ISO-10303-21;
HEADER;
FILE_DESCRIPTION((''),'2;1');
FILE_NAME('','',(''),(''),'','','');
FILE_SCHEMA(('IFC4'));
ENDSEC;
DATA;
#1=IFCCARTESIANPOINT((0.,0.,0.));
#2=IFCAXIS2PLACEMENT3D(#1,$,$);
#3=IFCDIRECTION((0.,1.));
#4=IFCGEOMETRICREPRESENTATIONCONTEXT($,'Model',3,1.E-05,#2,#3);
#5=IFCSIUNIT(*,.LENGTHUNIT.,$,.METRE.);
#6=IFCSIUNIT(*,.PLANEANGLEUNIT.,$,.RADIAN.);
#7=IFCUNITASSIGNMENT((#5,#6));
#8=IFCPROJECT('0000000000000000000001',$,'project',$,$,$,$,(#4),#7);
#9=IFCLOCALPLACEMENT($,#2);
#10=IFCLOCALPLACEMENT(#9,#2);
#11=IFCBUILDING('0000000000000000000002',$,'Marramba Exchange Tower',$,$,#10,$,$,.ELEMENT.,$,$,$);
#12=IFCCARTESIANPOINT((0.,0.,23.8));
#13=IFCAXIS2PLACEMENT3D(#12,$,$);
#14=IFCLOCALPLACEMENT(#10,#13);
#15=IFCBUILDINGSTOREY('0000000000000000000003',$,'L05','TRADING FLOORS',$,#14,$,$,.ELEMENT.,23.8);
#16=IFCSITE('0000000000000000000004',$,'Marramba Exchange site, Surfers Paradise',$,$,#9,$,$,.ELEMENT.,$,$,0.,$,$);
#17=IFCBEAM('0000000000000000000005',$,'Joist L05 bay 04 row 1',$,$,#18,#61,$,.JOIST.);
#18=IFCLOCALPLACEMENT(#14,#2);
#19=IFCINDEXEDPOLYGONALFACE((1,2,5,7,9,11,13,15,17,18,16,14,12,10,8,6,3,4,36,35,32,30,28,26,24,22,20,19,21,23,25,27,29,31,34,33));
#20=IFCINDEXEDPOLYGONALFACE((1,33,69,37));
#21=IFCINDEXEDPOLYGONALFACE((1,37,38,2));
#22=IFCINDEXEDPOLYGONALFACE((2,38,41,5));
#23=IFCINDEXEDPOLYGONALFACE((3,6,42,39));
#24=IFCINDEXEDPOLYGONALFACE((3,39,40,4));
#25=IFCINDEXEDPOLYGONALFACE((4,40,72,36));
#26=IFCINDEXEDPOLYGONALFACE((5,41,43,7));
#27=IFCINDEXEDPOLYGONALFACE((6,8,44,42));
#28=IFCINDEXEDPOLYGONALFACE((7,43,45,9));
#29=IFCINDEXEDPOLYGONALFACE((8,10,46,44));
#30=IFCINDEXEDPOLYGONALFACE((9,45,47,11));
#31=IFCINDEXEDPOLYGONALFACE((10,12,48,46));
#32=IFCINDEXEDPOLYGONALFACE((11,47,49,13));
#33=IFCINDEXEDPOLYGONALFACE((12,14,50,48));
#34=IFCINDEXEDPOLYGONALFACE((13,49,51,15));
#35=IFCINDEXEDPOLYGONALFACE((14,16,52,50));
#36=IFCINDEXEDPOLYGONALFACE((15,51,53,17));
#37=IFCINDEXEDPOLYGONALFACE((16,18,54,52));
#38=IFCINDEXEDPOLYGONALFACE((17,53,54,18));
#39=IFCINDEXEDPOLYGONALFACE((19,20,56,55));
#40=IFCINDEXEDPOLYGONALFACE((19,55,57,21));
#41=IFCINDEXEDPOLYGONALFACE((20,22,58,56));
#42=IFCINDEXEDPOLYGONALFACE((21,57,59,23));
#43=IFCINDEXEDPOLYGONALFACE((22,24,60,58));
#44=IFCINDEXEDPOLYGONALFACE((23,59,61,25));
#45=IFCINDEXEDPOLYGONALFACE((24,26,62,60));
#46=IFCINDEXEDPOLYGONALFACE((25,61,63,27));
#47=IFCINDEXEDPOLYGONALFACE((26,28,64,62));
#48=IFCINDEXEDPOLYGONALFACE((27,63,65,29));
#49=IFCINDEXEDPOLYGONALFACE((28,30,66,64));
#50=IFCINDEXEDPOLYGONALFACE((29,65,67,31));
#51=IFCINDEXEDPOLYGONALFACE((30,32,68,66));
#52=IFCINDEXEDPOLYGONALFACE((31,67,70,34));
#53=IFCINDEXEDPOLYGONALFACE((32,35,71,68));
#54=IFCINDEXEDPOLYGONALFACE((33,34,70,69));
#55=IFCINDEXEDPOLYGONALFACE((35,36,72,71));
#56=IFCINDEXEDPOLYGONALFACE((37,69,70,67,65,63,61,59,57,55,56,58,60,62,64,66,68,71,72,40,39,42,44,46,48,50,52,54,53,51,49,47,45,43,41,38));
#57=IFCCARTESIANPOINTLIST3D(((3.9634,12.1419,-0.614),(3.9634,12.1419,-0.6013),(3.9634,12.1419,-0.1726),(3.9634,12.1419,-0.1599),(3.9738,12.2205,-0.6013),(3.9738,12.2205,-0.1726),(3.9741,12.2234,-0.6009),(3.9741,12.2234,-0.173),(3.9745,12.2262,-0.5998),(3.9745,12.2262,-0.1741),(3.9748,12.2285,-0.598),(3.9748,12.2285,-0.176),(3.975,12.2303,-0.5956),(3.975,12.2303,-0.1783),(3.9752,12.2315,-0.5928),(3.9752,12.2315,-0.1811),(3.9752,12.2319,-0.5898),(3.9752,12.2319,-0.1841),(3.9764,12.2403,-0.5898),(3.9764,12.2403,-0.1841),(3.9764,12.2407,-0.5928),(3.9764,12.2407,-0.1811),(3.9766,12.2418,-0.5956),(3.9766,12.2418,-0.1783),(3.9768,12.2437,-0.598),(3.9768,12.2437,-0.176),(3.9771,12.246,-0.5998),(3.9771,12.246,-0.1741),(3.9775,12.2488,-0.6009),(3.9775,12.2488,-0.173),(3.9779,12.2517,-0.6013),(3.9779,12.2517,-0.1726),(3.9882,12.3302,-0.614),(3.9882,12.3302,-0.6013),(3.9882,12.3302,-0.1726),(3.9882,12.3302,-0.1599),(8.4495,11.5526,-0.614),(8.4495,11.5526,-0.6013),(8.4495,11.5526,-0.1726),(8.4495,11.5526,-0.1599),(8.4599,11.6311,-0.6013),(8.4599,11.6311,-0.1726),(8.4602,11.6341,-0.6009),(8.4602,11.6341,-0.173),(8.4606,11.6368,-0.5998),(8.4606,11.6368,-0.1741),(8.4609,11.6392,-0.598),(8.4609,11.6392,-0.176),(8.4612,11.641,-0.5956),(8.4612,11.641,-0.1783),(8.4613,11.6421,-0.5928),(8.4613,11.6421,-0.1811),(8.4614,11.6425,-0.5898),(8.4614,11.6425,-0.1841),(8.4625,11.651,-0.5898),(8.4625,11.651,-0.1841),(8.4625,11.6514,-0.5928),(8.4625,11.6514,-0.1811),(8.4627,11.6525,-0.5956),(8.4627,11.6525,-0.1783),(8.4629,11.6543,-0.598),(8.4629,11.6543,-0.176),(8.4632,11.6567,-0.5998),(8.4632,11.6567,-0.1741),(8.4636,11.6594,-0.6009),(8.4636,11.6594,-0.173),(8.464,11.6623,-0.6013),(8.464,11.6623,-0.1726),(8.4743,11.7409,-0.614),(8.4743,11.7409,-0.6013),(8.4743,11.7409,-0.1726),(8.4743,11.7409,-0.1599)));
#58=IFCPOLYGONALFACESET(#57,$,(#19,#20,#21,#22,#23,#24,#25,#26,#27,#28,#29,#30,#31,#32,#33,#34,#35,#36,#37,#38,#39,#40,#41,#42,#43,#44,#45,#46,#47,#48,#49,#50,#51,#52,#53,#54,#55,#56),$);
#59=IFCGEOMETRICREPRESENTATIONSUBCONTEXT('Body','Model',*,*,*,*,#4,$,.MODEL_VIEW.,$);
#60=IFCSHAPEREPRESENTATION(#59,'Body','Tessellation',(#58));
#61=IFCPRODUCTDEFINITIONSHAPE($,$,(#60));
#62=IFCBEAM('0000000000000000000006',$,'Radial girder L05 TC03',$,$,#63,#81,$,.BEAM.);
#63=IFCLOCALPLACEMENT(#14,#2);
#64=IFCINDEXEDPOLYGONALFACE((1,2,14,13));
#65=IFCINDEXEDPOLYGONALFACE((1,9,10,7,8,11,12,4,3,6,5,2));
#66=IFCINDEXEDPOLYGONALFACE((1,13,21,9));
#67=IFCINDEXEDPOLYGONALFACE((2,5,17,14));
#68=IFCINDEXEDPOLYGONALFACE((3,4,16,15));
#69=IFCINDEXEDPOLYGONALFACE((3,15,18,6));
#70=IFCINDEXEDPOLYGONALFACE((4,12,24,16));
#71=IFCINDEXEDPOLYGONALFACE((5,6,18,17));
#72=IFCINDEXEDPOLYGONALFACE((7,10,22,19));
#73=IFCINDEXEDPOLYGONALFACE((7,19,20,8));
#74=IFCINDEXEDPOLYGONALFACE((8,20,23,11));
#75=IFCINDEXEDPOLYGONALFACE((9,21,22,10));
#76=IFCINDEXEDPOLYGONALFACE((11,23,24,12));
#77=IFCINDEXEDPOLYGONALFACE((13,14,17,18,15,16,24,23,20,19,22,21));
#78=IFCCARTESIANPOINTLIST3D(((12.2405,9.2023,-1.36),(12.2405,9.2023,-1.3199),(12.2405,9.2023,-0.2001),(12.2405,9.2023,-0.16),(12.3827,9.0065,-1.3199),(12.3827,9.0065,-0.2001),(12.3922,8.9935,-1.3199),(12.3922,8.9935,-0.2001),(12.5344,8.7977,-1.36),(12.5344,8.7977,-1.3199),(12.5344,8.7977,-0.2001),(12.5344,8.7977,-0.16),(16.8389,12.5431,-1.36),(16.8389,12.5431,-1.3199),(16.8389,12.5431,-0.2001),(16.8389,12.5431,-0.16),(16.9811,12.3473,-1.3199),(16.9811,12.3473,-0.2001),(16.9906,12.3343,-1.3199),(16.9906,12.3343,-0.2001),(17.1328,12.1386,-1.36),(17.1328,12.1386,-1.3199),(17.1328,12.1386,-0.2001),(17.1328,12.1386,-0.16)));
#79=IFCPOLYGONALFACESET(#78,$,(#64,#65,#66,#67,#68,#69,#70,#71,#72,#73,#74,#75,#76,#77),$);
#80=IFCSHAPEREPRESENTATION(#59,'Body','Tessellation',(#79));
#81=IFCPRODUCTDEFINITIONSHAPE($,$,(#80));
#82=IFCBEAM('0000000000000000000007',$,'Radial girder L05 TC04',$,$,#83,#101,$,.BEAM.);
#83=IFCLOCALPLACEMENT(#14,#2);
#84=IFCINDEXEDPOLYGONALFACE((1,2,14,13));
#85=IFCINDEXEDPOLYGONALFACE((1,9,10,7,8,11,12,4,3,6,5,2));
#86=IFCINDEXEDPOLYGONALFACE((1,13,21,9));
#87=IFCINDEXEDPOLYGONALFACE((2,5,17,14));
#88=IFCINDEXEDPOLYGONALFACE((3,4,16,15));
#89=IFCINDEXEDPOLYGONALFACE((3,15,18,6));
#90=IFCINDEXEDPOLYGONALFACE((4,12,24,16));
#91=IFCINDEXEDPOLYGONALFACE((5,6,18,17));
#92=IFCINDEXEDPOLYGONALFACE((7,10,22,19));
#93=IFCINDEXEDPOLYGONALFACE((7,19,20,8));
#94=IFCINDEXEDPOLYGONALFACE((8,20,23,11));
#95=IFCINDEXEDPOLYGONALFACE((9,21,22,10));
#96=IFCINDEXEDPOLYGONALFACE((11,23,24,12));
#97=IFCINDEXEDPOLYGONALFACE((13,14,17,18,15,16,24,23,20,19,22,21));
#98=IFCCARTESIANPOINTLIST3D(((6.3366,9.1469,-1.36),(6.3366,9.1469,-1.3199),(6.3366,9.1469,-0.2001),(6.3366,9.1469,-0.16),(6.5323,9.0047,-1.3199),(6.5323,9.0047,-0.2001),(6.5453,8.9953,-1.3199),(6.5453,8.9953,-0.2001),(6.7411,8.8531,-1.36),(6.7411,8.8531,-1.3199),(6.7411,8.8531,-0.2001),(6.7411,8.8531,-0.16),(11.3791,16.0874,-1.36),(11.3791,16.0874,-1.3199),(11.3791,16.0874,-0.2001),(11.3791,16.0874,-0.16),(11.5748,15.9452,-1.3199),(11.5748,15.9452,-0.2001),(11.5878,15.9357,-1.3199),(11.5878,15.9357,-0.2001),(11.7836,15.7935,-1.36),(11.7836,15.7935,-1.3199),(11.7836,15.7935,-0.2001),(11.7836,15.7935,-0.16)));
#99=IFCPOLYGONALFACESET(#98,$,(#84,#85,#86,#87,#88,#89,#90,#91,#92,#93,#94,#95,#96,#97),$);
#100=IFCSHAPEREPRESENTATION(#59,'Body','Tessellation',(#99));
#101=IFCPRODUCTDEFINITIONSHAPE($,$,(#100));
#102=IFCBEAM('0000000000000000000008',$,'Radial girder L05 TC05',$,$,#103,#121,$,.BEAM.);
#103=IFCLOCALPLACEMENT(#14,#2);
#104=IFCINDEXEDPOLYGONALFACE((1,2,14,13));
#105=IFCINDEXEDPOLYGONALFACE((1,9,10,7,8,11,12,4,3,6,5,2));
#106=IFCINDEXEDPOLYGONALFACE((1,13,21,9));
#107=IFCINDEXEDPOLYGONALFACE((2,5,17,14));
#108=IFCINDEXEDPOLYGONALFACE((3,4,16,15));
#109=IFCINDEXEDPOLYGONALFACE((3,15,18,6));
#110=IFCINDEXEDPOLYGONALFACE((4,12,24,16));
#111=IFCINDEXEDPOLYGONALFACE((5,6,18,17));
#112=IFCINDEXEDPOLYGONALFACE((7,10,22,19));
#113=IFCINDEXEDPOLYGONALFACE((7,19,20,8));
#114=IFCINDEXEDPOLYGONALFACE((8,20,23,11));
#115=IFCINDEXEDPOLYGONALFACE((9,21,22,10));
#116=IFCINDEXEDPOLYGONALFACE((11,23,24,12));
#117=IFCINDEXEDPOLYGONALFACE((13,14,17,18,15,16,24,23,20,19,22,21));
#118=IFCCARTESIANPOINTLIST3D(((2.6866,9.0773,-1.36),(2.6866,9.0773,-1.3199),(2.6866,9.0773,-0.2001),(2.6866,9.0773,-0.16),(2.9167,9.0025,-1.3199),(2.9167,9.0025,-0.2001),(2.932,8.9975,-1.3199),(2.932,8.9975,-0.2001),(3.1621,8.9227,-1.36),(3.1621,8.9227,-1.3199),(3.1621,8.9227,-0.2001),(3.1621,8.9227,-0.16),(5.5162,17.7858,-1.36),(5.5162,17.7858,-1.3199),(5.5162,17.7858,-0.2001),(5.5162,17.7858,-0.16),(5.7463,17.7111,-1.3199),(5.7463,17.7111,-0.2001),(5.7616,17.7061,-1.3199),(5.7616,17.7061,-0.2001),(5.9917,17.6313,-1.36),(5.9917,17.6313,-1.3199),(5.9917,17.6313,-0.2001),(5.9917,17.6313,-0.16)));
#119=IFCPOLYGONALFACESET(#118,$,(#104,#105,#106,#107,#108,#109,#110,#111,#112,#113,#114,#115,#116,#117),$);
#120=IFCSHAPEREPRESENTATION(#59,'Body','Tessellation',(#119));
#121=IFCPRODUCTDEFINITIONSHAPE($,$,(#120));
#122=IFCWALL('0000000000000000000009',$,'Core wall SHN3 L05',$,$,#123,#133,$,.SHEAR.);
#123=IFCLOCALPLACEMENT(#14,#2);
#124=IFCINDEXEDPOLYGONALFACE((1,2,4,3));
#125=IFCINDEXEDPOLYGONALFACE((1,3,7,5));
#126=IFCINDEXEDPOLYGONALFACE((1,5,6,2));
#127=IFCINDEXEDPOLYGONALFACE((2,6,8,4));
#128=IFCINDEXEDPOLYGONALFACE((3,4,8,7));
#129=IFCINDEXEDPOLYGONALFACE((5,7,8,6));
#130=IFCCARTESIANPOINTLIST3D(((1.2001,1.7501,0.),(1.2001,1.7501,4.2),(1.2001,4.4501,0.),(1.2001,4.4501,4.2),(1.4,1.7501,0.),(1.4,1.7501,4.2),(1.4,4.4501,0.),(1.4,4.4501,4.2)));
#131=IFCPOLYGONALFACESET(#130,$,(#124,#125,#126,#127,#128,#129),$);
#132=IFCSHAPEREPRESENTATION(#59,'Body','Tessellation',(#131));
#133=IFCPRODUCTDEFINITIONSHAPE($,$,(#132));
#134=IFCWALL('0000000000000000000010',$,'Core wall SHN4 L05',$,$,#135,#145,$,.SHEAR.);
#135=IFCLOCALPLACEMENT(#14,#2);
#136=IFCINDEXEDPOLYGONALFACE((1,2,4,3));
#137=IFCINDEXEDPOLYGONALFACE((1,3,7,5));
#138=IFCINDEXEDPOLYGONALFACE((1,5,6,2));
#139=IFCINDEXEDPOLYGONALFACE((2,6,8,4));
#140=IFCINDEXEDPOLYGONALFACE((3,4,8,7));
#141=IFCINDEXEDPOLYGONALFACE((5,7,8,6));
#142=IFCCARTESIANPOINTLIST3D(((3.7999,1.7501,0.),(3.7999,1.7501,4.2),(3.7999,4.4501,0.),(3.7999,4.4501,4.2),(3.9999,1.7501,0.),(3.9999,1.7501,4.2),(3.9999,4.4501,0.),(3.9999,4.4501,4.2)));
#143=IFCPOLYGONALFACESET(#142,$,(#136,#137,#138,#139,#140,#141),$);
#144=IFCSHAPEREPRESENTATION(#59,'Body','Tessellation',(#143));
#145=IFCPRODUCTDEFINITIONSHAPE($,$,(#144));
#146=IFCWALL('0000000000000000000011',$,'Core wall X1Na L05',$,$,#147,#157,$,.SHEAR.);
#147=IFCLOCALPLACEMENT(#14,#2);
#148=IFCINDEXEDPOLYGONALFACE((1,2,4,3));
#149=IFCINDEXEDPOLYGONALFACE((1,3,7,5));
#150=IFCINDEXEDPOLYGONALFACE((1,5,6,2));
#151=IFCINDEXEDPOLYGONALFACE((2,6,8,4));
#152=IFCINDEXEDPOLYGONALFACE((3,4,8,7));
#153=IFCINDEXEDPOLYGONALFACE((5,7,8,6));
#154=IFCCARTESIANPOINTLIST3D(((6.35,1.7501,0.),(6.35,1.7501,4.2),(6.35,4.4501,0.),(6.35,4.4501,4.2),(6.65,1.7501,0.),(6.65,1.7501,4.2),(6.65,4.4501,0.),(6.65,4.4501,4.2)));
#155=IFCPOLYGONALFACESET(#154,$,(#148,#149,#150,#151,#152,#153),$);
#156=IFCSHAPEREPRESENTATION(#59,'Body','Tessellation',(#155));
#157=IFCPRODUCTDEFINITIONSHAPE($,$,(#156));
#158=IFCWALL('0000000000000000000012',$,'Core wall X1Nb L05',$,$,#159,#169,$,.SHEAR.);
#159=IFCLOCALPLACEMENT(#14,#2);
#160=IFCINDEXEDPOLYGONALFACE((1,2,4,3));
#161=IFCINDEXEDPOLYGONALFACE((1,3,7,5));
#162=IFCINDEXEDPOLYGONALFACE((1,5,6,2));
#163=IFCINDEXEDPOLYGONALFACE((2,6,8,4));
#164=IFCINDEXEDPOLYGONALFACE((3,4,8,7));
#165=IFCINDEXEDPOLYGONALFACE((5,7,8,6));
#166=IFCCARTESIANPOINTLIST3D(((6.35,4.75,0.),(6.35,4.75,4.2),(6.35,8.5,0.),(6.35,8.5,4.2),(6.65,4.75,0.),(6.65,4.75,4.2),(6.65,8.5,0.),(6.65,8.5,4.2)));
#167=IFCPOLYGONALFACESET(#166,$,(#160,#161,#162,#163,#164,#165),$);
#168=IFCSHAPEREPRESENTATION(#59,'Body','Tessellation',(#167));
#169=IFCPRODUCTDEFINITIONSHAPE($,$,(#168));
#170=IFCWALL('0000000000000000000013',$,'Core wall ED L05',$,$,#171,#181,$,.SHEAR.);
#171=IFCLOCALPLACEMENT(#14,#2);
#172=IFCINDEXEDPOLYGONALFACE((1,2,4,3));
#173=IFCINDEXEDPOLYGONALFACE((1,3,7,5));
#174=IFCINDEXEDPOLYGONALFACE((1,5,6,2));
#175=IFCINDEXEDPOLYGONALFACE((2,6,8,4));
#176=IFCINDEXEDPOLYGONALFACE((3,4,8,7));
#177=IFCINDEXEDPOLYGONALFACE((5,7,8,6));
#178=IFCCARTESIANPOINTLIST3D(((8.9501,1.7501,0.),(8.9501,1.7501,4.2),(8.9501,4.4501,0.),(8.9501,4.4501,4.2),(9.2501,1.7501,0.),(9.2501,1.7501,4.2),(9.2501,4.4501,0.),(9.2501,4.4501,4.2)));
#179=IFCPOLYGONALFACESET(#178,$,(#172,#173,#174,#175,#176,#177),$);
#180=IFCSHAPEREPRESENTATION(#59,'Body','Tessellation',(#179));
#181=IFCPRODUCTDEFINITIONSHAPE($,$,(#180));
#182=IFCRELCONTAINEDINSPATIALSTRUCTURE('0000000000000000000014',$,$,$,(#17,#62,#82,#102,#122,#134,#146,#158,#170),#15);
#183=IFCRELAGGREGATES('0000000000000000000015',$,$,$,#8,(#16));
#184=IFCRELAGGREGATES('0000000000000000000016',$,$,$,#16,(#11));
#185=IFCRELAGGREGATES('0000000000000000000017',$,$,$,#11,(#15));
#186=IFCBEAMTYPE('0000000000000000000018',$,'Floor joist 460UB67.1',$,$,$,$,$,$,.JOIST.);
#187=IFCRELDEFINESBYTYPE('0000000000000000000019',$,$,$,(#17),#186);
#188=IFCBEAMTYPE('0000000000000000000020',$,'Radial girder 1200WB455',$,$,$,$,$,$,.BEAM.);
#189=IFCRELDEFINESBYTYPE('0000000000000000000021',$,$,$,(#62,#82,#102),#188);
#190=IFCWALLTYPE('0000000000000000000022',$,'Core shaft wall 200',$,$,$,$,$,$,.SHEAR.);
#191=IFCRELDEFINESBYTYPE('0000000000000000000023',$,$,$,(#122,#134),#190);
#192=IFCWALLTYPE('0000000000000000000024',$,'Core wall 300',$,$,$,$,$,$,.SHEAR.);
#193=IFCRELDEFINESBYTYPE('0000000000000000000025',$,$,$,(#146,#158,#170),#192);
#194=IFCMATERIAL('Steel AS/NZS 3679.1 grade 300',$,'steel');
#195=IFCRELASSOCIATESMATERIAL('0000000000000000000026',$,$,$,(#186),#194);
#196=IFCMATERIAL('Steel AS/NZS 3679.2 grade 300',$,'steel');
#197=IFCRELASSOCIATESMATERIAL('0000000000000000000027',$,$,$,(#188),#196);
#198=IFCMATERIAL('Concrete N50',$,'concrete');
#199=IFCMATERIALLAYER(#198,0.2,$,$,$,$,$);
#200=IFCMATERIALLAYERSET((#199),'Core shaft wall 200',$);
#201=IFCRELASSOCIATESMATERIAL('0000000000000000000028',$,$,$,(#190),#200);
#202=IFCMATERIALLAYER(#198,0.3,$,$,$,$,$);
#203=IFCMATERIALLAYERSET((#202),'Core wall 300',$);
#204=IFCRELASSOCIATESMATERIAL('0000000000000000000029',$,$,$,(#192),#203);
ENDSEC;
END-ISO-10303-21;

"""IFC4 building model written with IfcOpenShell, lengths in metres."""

from ifc_helpers import new_model, si_unit, direction, frame, frame_2d, origin, origin_2d, place, context, subcontext, project, spatial, rectangle, i_section, extrude, material, layer, layer_set, material_profile, profile_set, type_object, element, save


model = new_model("IFC4")

# Units and contexts
model_context = context("Model", 3, precision=1e-05, world=origin(), true_north=direction((0.0, 1.0)))
body_context = subcontext(model_context, "Body", "Model", "MODEL_VIEW")
ifc_project = project(units=[si_unit("LENGTHUNIT", "METRE"), si_unit("PLANEANGLEUNIT", "RADIAN")], contexts=[model_context])

# Site, building, storey
site_placement = place(None, origin())
site = spatial("IfcSite", under=ifc_project, at=site_placement, Name="Marramba Exchange site, Surfers Paradise", CompositionType="ELEMENT", RefElevation=0.0)
building_placement = place(site_placement, origin())
building = spatial("IfcBuilding", under=site, at=building_placement, Name="Marramba Exchange Tower", CompositionType="ELEMENT")
storey_placement = place(building_placement, frame((0.0, 0.0, 23.8)))
storey = spatial("IfcBuildingStorey", under=building, at=storey_placement, Name="L05", Description="TRADING FLOORS", CompositionType="ELEMENT", Elevation=23.8)

# Beams
ifc_material_1 = material(Name="Steel AS/NZS 3679.1 grade 300", Category="steel")
ifc_material_profile_1 = material_profile(ifc_material_1, i_section(OverallWidth=0.1899, OverallDepth=0.4541, WebThickness=0.0085, FlangeThickness=0.0127, FilletRadius=0.0115, at=origin_2d()), Name="460UB67.1")
ifc_profile_set_1 = profile_set([ifc_material_profile_1], Name="Steel AS/NZS 3679.1 grade 300")
beam_type_1 = type_object("IfcBeamType", Name="Floor joist 460UB67.1", PredefinedType="JOIST", material=ifc_profile_set_1)
beam_1_placement = place(storey_placement, frame((8.4619, 11.6467, -0.387), z_axis=(-0.991481, 0.130255, 0.0), x_axis=(-0.130255, -0.991481, 0.0)))
element("IfcBeam", 1, at=beam_1_placement, inside=storey, type_object=beam_type_1, Name="Joist L05 bay 04 row 1", PredefinedType="JOIST", context=body_context, shape_type="SweptSolid", body=[
    extrude(i_section(OverallWidth=0.1899, OverallDepth=0.4541, WebThickness=0.0085, FlangeThickness=0.0127, FilletRadius=0.0115, at=origin_2d()), origin(), (0.0, 0.0, 1.0), 4.5247),
])
ifc_material_2 = material(Name="Steel AS/NZS 3679.2 grade 300", Category="steel")
ifc_material_profile_2 = material_profile(ifc_material_2, i_section(OverallWidth=0.5, OverallDepth=1.2, WebThickness=0.0161, FlangeThickness=0.04, at=origin_2d()), Name="1200WB455")
ifc_profile_set_2 = profile_set([ifc_material_profile_2], Name="Steel AS/NZS 3679.2 grade 300")
beam_type_2 = type_object("IfcBeamType", Name="Radial girder 1200WB455", PredefinedType="BEAM", material=ifc_profile_set_2)
beam_2_placement = place(storey_placement, frame((12.3875, 9.0, -0.76), z_axis=(0.809026, 0.587773, 0.0), x_axis=(-0.587773, 0.809026, 0.0)))
element("IfcBeam", 2, at=beam_2_placement, inside=storey, type_object=beam_type_2, Name="Radial girder L05 TC03", PredefinedType="BEAM", context=body_context, shape_type="SweptSolid", body=[
    extrude(i_section(OverallWidth=0.5, OverallDepth=1.2, WebThickness=0.0161, FlangeThickness=0.04, at=origin_2d()), origin(), (0.0, 0.0, 1.0), 5.6838),
])
beam_3_placement = place(storey_placement, frame((6.5388, 9.0, -0.76), z_axis=(0.587782, 0.809019, 0.0), x_axis=(-0.809019, 0.587782, 0.0)))
element("IfcBeam", 3, at=beam_3_placement, inside=storey, type_object=beam_type_2, Name="Radial girder L05 TC04", PredefinedType="BEAM", context=body_context, shape_type="SweptSolid", body=[
    extrude(i_section(OverallWidth=0.5, OverallDepth=1.2, WebThickness=0.0161, FlangeThickness=0.04, at=origin_2d()), origin(), (0.0, 0.0, 1.0), 8.5789),
])
beam_4_placement = place(storey_placement, frame((2.9243, 9.0, -0.76), z_axis=(0.30902, 0.951056, 0.0), x_axis=(-0.951056, 0.30902, 0.0)))
element("IfcBeam", 4, at=beam_4_placement, inside=storey, type_object=beam_type_2, Name="Radial girder L05 TC05", PredefinedType="BEAM", context=body_context, shape_type="SweptSolid", body=[
    extrude(i_section(OverallWidth=0.5, OverallDepth=1.2, WebThickness=0.0161, FlangeThickness=0.04, at=origin_2d()), origin(), (0.0, 0.0, 1.0), 9.1567),
])

# Walls
ifc_material_3 = material(Name="Concrete N50", Category="concrete")
ifc_layer_1 = layer(ifc_material_3, 0.2)
ifc_layer_set_1 = layer_set([ifc_layer_1], Name="Core shaft wall 200")
wall_type_1 = type_object("IfcWallType", Name="Core shaft wall 200", PredefinedType="SHEAR", material=ifc_layer_set_1)
for number, where, z_axis, x_axis, name in (
    (5, (1.3, 1.75, 0.0), (0.0, 0.0, 1.0), (0.0, 1.0, 0.0), "Core wall SHN3 L05"),
    (6, (3.8999, 1.75, 0.0), (0.0, 0.0, 1.0), (0.0, 1.0, 0.0), "Core wall SHN4 L05"),
):
    element("IfcWall", number, at=place(storey_placement, frame(where, z_axis=z_axis, x_axis=x_axis)), inside=storey, type_object=wall_type_1, Name=name, PredefinedType="SHEAR", context=body_context, shape_type="SweptSolid", body=[
        extrude(rectangle(XDim=2.7, YDim=0.2, at=frame_2d((1.3501, 0.0))), origin(), (0.0, 0.0, 1.0), 4.2),
    ])
ifc_layer_2 = layer(ifc_material_3, 0.3)
ifc_layer_set_2 = layer_set([ifc_layer_2], Name="Core wall 300")
wall_type_2 = type_object("IfcWallType", Name="Core wall 300", PredefinedType="SHEAR", material=ifc_layer_set_2)
wall_1_placement = place(storey_placement, frame((6.5, 1.75, 0.0), z_axis=(0.0, 0.0, 1.0), x_axis=(0.0, 1.0, 0.0)))
element("IfcWall", 7, at=wall_1_placement, inside=storey, type_object=wall_type_2, Name="Core wall X1Na L05", PredefinedType="SHEAR", context=body_context, shape_type="SweptSolid", body=[
    extrude(rectangle(XDim=2.7, YDim=0.3, at=frame_2d((1.3501, 0.0))), origin(), (0.0, 0.0, 1.0), 4.2),
])
wall_2_placement = place(storey_placement, frame((6.5, 4.75, 0.0), z_axis=(0.0, 0.0, 1.0), x_axis=(0.0, 1.0, 0.0)))
element("IfcWall", 8, at=wall_2_placement, inside=storey, type_object=wall_type_2, Name="Core wall X1Nb L05", PredefinedType="SHEAR", context=body_context, shape_type="SweptSolid", body=[
    extrude(rectangle(XDim=3.75, YDim=0.3, at=frame_2d((1.875, 0.0))), origin(), (0.0, 0.0, 1.0), 4.2),
])
wall_3_placement = place(storey_placement, frame((9.1001, 1.75, 0.0), z_axis=(0.0, 0.0, 1.0), x_axis=(0.0, 1.0, 0.0)))
element("IfcWall", 9, at=wall_3_placement, inside=storey, type_object=wall_type_2, Name="Core wall ED L05", PredefinedType="SHEAR", context=body_context, shape_type="SweptSolid", body=[
    extrude(rectangle(XDim=2.7, YDim=0.3, at=frame_2d((1.3501, 0.0))), origin(), (0.0, 0.0, 1.0), 4.2),
])

save(model, "model.ifc")
